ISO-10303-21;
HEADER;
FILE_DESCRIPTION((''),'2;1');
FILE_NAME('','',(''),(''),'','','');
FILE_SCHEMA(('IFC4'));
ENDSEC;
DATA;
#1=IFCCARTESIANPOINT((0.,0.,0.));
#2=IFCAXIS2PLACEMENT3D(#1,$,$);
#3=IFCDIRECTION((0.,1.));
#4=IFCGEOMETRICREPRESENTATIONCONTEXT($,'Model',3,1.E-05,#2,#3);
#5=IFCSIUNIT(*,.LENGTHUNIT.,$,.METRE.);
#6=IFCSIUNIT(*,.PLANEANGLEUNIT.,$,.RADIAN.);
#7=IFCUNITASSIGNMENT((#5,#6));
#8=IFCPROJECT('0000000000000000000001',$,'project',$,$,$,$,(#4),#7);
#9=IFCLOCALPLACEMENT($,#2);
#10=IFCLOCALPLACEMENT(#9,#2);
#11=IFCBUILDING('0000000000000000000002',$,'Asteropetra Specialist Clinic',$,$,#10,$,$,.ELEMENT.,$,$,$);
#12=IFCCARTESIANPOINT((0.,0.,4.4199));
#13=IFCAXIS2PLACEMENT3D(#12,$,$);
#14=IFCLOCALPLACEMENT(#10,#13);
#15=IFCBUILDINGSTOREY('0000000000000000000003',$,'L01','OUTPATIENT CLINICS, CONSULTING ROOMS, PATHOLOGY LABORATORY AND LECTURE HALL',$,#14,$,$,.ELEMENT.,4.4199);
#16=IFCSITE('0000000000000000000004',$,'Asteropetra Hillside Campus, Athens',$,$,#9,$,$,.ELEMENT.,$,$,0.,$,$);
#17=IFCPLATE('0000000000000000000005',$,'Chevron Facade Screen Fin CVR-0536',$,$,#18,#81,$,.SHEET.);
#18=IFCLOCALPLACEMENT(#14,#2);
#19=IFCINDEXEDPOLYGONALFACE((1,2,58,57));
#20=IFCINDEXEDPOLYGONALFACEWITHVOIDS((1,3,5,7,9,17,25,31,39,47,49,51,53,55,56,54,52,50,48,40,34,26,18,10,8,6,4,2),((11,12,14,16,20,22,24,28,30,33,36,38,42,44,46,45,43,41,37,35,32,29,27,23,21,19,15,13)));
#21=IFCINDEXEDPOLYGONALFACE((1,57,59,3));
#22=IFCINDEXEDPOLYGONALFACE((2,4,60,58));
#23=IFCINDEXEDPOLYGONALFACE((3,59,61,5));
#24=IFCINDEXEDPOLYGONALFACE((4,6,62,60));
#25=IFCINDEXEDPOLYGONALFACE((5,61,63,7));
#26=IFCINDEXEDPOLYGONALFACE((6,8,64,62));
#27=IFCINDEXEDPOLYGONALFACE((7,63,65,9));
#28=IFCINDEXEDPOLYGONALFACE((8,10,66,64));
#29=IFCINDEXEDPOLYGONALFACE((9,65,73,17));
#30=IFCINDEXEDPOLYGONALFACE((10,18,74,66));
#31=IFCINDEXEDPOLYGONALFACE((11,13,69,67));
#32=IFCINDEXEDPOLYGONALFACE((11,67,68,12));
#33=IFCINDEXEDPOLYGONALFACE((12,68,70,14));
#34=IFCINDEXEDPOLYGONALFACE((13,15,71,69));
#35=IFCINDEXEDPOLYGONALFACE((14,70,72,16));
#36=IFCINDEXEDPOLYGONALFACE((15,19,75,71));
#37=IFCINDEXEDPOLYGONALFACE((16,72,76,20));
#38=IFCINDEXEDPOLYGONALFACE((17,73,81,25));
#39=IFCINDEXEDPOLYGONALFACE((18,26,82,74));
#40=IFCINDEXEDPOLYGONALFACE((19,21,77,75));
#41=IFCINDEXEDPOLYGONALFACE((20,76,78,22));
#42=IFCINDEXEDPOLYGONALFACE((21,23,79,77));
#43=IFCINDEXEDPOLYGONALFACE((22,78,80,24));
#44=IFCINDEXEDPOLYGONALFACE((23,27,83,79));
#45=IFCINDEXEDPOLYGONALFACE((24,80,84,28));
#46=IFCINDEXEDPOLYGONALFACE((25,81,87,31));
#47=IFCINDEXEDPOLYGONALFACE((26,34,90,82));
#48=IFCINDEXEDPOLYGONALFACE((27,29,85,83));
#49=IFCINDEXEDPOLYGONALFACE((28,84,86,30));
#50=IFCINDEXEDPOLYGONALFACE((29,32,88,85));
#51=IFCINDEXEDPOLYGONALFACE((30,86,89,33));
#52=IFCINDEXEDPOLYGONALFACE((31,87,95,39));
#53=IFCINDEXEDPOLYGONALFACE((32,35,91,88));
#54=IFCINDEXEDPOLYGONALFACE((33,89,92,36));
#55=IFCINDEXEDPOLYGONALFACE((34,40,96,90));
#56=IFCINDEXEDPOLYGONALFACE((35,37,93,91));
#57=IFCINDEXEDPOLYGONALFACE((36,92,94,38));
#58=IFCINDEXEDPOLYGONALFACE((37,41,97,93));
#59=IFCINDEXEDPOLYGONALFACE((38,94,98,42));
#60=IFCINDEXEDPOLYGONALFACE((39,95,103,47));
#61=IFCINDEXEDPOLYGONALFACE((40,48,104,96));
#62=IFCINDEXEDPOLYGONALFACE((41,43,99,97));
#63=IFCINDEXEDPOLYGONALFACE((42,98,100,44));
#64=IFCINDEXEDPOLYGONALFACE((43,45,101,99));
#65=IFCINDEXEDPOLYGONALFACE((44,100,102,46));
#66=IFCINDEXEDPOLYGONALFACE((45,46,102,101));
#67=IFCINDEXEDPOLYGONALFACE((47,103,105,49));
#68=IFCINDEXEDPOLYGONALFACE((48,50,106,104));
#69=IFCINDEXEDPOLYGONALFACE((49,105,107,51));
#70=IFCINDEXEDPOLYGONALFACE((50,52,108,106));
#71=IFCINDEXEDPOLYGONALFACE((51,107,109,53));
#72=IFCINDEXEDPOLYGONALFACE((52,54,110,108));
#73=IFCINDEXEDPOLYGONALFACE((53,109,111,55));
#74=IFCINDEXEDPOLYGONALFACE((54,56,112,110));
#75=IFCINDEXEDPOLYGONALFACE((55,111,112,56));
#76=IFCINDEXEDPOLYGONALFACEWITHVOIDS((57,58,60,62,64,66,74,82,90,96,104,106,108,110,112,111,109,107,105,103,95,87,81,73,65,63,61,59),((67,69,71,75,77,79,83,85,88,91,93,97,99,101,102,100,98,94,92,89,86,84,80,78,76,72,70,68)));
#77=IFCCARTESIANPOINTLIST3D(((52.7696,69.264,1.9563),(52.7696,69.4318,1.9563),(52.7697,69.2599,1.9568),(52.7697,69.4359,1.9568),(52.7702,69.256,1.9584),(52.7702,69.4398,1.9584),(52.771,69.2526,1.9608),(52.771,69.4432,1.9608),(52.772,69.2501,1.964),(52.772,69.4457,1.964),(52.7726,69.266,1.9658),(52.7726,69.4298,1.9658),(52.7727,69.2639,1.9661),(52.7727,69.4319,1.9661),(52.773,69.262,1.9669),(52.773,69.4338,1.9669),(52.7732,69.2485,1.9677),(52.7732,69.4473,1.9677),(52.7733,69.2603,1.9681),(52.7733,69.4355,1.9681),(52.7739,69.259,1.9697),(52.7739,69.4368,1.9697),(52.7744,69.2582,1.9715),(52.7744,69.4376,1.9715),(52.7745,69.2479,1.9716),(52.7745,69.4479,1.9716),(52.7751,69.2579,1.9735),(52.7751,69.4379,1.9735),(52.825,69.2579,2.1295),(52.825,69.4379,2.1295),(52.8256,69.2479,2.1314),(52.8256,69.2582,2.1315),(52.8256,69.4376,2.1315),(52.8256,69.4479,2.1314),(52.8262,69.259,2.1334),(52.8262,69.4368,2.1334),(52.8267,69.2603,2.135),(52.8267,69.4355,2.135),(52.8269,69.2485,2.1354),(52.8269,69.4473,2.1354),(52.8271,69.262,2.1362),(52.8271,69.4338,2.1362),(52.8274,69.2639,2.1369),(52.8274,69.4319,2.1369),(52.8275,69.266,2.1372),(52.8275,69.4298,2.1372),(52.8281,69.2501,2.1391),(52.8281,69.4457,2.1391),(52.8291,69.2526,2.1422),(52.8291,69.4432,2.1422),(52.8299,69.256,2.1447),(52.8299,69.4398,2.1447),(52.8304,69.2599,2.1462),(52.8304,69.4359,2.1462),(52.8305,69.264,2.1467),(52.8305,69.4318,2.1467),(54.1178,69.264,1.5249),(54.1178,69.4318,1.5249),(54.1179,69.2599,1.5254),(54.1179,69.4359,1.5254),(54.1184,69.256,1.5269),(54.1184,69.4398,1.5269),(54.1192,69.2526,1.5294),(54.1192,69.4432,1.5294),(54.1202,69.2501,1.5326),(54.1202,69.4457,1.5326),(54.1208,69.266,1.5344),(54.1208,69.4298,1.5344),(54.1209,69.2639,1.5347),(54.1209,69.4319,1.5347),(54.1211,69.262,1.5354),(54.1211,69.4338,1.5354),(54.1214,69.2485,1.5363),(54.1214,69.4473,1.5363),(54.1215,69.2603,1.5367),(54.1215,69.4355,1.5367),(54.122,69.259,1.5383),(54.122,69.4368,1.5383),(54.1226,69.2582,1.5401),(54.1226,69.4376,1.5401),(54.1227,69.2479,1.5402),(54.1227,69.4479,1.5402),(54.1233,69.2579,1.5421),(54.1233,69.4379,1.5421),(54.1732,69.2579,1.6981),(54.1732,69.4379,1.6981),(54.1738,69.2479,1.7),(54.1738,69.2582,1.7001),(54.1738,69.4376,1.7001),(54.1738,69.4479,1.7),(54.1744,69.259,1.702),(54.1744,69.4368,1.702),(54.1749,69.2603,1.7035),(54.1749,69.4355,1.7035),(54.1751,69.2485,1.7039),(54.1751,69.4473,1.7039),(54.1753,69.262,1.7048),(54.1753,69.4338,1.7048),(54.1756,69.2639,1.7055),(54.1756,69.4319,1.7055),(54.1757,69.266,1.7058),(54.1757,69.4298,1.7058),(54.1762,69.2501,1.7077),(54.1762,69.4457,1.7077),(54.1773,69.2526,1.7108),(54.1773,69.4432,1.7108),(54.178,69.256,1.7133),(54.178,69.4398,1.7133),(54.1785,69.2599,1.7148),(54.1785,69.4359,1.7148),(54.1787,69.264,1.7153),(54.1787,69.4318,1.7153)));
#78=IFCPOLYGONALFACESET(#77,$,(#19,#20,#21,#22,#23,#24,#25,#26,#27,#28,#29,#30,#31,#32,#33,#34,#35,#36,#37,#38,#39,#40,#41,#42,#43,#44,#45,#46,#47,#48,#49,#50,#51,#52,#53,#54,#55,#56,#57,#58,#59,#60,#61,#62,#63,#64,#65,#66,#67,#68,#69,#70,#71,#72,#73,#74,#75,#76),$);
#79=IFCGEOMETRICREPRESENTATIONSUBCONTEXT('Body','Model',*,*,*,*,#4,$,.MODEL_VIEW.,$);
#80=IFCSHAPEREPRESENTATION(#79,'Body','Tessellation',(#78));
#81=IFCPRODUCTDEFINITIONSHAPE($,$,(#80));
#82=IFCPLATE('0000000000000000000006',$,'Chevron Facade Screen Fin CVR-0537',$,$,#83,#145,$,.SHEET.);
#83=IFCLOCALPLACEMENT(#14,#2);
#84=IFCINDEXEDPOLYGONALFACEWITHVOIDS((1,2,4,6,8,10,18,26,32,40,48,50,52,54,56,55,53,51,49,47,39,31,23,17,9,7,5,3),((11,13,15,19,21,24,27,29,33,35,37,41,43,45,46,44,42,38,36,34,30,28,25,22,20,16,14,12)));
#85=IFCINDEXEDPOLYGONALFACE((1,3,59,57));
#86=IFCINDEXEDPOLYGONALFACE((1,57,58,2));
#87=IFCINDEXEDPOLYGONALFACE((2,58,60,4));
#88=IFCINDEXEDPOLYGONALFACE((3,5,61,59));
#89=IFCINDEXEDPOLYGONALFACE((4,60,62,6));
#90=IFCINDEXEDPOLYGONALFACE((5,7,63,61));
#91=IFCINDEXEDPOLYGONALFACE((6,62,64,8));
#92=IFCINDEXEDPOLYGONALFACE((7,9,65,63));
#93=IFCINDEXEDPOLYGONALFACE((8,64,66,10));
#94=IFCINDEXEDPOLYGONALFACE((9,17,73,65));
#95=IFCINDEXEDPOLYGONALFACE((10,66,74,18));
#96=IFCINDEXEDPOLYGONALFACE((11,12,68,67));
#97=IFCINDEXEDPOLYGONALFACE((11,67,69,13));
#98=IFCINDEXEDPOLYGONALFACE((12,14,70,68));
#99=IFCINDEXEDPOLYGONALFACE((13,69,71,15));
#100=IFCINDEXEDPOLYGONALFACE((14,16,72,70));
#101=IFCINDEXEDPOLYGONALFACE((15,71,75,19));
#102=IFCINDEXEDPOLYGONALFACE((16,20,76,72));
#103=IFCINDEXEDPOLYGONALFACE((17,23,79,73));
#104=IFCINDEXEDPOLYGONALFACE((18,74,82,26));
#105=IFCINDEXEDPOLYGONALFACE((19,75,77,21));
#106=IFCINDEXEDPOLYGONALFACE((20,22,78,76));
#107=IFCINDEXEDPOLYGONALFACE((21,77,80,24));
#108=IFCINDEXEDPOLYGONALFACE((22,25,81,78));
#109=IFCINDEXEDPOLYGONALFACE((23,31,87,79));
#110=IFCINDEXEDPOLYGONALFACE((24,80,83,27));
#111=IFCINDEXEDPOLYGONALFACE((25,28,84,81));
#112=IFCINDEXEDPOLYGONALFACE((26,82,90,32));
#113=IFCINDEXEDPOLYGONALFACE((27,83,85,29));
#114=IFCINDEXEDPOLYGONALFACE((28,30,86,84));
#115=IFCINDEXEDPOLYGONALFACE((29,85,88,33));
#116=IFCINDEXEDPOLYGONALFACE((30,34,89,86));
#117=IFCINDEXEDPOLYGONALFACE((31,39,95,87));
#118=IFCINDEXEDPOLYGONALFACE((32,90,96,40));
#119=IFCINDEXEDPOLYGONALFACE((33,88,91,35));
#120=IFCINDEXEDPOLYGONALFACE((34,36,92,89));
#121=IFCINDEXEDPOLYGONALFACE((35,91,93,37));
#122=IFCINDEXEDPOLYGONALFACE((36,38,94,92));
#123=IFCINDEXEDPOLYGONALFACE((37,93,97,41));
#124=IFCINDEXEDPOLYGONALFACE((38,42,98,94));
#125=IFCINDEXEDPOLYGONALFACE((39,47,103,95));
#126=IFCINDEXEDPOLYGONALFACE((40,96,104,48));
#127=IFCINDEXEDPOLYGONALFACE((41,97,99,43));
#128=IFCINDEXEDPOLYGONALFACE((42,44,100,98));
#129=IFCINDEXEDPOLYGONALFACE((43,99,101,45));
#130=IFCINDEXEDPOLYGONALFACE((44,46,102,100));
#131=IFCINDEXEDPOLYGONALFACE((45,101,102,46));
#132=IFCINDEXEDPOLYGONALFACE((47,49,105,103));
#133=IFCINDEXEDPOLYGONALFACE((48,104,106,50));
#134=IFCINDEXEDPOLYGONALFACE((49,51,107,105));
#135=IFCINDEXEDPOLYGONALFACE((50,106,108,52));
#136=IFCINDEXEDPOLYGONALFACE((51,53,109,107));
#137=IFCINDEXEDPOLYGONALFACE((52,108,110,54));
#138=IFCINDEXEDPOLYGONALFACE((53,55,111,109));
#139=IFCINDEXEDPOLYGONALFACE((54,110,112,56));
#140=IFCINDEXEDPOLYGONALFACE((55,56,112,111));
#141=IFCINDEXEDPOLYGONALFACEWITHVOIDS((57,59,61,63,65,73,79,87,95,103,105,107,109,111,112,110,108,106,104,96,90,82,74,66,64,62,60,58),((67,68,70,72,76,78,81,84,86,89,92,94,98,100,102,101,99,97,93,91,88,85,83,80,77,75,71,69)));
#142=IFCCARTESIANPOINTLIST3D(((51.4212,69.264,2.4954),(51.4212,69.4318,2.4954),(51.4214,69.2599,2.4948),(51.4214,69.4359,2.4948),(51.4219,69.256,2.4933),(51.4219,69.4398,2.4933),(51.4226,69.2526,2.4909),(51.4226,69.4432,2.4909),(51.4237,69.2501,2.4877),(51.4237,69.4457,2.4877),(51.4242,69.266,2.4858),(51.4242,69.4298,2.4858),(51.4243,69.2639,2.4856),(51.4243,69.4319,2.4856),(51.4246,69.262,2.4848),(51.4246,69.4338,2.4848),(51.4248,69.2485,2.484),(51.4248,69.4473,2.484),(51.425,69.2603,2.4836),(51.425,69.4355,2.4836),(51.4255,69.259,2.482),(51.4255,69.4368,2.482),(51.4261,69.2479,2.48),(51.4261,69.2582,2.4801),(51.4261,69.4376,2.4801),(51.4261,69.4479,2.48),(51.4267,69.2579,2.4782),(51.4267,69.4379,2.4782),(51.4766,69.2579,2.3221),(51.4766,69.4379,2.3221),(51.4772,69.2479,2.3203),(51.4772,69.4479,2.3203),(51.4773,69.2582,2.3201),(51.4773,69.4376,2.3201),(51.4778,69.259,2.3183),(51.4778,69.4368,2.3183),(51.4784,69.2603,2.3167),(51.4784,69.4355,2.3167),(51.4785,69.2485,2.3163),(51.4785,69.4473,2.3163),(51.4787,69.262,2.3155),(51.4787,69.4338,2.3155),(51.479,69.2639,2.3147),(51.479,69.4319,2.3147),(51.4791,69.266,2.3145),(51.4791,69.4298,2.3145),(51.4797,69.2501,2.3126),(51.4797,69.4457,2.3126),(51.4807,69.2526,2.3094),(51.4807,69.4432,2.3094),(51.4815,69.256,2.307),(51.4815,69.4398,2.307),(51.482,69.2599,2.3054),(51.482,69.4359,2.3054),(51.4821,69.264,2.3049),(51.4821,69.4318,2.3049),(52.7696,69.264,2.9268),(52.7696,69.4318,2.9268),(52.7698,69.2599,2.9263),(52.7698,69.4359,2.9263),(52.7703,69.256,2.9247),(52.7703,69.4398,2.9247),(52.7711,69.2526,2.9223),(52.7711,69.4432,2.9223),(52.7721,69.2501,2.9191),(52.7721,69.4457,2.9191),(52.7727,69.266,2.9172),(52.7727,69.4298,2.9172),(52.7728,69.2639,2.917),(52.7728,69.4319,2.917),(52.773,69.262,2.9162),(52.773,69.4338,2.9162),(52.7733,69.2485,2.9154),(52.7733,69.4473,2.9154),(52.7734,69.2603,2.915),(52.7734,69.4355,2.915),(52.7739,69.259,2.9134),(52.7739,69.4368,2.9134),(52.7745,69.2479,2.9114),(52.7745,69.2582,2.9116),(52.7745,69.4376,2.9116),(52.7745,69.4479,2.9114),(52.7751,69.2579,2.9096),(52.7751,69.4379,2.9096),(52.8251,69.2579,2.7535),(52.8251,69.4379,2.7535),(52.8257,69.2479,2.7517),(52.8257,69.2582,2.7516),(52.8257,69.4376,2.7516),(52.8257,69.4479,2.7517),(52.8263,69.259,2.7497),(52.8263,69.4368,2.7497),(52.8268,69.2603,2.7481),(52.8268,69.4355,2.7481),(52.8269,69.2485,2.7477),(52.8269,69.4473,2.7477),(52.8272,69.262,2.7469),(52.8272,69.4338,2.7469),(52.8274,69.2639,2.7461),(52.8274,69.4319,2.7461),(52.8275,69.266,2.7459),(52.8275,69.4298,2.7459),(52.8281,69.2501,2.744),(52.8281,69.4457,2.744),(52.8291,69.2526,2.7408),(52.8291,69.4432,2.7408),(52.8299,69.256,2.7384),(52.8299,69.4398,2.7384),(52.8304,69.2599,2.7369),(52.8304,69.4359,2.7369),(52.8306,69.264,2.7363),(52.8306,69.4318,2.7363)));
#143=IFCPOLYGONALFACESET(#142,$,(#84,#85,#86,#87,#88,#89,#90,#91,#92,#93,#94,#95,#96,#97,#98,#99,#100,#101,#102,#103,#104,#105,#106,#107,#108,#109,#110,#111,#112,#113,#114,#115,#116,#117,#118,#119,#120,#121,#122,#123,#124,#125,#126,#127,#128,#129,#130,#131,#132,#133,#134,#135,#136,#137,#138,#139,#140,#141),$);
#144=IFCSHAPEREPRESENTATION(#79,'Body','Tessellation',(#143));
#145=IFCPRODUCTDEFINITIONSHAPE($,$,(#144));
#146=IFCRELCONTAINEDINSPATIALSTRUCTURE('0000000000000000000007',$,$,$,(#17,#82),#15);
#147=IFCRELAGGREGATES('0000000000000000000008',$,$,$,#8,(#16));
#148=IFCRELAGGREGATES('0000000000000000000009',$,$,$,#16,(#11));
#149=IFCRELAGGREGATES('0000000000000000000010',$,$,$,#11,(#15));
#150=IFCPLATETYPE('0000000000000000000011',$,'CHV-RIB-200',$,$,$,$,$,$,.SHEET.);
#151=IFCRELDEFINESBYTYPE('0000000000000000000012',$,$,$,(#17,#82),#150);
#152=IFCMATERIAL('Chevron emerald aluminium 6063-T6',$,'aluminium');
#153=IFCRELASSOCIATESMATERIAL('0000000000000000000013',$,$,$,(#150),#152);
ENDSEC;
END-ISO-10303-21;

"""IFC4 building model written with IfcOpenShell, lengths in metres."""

from ifc_helpers import new_model, si_unit, direction, frame, origin, origin_2d, place, context, subcontext, project, spatial, hollow_rectangle, extrude, material, material_profile, profile_set, type_object, element, save


model = new_model("IFC4")

# Units and contexts
model_context = context("Model", 3, precision=1e-05, world=origin(), true_north=direction((0.0, 1.0)))
body_context = subcontext(model_context, "Body", "Model", "MODEL_VIEW")
ifc_project = project(units=[si_unit("LENGTHUNIT", "METRE"), si_unit("PLANEANGLEUNIT", "RADIAN")], contexts=[model_context])

# Site, building, storey
site_placement = place(None, origin())
site = spatial("IfcSite", under=ifc_project, at=site_placement, Name="Asteropetra Hillside Campus, Athens", CompositionType="ELEMENT", RefElevation=0.0)
building_placement = place(site_placement, origin())
building = spatial("IfcBuilding", under=site, at=building_placement, Name="Asteropetra Specialist Clinic", CompositionType="ELEMENT")
storey_placement = place(building_placement, frame((0.0, 0.0, 4.4199)))
storey = spatial("IfcBuildingStorey", under=building, at=storey_placement, Name="L01", Description="OUTPATIENT CLINICS, CONSULTING ROOMS, PATHOLOGY LABORATORY AND LECTURE HALL", CompositionType="ELEMENT", Elevation=4.4199)

# Plates
ifc_material_1 = material(Name="Chevron emerald aluminium 6063-T6", Category="aluminium")
ifc_material_profile_1 = material_profile(ifc_material_1, hollow_rectangle(XDim=0.2, YDim=0.2, WallThickness=0.01, InnerFilletRadius=0.0081, OuterFilletRadius=0.0161, at=origin_2d()), Name="SHS 200x200x10.0")
ifc_profile_set_1 = profile_set([ifc_material_profile_1], Name="Chevron emerald aluminium 6063-T6")
plate_type_1 = type_object("IfcPlateType", Name="CHV-RIB-200", PredefinedType="SHEET", material=ifc_profile_set_1)
plate_1_placement = place(storey_placement, frame((52.8, 69.3479, 2.0515), z_axis=(0.952426, 0.0, -0.304769), x_axis=(0.0, 1.0, 0.0)))
element("IfcPlate", 1, at=plate_1_placement, inside=storey, type_object=plate_type_1, Name="Chevron Facade Screen Fin CVR-0536", PredefinedType="SHEET", context=body_context, shape_type="SweptSolid", body=[
    extrude(hollow_rectangle(XDim=0.2, YDim=0.2, WallThickness=0.01, InnerFilletRadius=0.0081, OuterFilletRadius=0.0161, at=origin_2d()), origin(), (0.0, 0.0, 1.0), 1.4155),
])
plate_2_placement = place(storey_placement, frame((51.4517, 69.3479, 2.4001), z_axis=(0.952442, 0.0, 0.304719), x_axis=(0.0, 1.0, 0.0)))
element("IfcPlate", 2, at=plate_2_placement, inside=storey, type_object=plate_type_1, Name="Chevron Facade Screen Fin CVR-0537", PredefinedType="SHEET", context=body_context, shape_type="SweptSolid", body=[
    extrude(hollow_rectangle(XDim=0.2, YDim=0.2, WallThickness=0.01, InnerFilletRadius=0.0081, OuterFilletRadius=0.0161, at=origin_2d()), origin(), (0.0, 0.0, 1.0), 1.4158),
])

save(model, "model.ifc")
